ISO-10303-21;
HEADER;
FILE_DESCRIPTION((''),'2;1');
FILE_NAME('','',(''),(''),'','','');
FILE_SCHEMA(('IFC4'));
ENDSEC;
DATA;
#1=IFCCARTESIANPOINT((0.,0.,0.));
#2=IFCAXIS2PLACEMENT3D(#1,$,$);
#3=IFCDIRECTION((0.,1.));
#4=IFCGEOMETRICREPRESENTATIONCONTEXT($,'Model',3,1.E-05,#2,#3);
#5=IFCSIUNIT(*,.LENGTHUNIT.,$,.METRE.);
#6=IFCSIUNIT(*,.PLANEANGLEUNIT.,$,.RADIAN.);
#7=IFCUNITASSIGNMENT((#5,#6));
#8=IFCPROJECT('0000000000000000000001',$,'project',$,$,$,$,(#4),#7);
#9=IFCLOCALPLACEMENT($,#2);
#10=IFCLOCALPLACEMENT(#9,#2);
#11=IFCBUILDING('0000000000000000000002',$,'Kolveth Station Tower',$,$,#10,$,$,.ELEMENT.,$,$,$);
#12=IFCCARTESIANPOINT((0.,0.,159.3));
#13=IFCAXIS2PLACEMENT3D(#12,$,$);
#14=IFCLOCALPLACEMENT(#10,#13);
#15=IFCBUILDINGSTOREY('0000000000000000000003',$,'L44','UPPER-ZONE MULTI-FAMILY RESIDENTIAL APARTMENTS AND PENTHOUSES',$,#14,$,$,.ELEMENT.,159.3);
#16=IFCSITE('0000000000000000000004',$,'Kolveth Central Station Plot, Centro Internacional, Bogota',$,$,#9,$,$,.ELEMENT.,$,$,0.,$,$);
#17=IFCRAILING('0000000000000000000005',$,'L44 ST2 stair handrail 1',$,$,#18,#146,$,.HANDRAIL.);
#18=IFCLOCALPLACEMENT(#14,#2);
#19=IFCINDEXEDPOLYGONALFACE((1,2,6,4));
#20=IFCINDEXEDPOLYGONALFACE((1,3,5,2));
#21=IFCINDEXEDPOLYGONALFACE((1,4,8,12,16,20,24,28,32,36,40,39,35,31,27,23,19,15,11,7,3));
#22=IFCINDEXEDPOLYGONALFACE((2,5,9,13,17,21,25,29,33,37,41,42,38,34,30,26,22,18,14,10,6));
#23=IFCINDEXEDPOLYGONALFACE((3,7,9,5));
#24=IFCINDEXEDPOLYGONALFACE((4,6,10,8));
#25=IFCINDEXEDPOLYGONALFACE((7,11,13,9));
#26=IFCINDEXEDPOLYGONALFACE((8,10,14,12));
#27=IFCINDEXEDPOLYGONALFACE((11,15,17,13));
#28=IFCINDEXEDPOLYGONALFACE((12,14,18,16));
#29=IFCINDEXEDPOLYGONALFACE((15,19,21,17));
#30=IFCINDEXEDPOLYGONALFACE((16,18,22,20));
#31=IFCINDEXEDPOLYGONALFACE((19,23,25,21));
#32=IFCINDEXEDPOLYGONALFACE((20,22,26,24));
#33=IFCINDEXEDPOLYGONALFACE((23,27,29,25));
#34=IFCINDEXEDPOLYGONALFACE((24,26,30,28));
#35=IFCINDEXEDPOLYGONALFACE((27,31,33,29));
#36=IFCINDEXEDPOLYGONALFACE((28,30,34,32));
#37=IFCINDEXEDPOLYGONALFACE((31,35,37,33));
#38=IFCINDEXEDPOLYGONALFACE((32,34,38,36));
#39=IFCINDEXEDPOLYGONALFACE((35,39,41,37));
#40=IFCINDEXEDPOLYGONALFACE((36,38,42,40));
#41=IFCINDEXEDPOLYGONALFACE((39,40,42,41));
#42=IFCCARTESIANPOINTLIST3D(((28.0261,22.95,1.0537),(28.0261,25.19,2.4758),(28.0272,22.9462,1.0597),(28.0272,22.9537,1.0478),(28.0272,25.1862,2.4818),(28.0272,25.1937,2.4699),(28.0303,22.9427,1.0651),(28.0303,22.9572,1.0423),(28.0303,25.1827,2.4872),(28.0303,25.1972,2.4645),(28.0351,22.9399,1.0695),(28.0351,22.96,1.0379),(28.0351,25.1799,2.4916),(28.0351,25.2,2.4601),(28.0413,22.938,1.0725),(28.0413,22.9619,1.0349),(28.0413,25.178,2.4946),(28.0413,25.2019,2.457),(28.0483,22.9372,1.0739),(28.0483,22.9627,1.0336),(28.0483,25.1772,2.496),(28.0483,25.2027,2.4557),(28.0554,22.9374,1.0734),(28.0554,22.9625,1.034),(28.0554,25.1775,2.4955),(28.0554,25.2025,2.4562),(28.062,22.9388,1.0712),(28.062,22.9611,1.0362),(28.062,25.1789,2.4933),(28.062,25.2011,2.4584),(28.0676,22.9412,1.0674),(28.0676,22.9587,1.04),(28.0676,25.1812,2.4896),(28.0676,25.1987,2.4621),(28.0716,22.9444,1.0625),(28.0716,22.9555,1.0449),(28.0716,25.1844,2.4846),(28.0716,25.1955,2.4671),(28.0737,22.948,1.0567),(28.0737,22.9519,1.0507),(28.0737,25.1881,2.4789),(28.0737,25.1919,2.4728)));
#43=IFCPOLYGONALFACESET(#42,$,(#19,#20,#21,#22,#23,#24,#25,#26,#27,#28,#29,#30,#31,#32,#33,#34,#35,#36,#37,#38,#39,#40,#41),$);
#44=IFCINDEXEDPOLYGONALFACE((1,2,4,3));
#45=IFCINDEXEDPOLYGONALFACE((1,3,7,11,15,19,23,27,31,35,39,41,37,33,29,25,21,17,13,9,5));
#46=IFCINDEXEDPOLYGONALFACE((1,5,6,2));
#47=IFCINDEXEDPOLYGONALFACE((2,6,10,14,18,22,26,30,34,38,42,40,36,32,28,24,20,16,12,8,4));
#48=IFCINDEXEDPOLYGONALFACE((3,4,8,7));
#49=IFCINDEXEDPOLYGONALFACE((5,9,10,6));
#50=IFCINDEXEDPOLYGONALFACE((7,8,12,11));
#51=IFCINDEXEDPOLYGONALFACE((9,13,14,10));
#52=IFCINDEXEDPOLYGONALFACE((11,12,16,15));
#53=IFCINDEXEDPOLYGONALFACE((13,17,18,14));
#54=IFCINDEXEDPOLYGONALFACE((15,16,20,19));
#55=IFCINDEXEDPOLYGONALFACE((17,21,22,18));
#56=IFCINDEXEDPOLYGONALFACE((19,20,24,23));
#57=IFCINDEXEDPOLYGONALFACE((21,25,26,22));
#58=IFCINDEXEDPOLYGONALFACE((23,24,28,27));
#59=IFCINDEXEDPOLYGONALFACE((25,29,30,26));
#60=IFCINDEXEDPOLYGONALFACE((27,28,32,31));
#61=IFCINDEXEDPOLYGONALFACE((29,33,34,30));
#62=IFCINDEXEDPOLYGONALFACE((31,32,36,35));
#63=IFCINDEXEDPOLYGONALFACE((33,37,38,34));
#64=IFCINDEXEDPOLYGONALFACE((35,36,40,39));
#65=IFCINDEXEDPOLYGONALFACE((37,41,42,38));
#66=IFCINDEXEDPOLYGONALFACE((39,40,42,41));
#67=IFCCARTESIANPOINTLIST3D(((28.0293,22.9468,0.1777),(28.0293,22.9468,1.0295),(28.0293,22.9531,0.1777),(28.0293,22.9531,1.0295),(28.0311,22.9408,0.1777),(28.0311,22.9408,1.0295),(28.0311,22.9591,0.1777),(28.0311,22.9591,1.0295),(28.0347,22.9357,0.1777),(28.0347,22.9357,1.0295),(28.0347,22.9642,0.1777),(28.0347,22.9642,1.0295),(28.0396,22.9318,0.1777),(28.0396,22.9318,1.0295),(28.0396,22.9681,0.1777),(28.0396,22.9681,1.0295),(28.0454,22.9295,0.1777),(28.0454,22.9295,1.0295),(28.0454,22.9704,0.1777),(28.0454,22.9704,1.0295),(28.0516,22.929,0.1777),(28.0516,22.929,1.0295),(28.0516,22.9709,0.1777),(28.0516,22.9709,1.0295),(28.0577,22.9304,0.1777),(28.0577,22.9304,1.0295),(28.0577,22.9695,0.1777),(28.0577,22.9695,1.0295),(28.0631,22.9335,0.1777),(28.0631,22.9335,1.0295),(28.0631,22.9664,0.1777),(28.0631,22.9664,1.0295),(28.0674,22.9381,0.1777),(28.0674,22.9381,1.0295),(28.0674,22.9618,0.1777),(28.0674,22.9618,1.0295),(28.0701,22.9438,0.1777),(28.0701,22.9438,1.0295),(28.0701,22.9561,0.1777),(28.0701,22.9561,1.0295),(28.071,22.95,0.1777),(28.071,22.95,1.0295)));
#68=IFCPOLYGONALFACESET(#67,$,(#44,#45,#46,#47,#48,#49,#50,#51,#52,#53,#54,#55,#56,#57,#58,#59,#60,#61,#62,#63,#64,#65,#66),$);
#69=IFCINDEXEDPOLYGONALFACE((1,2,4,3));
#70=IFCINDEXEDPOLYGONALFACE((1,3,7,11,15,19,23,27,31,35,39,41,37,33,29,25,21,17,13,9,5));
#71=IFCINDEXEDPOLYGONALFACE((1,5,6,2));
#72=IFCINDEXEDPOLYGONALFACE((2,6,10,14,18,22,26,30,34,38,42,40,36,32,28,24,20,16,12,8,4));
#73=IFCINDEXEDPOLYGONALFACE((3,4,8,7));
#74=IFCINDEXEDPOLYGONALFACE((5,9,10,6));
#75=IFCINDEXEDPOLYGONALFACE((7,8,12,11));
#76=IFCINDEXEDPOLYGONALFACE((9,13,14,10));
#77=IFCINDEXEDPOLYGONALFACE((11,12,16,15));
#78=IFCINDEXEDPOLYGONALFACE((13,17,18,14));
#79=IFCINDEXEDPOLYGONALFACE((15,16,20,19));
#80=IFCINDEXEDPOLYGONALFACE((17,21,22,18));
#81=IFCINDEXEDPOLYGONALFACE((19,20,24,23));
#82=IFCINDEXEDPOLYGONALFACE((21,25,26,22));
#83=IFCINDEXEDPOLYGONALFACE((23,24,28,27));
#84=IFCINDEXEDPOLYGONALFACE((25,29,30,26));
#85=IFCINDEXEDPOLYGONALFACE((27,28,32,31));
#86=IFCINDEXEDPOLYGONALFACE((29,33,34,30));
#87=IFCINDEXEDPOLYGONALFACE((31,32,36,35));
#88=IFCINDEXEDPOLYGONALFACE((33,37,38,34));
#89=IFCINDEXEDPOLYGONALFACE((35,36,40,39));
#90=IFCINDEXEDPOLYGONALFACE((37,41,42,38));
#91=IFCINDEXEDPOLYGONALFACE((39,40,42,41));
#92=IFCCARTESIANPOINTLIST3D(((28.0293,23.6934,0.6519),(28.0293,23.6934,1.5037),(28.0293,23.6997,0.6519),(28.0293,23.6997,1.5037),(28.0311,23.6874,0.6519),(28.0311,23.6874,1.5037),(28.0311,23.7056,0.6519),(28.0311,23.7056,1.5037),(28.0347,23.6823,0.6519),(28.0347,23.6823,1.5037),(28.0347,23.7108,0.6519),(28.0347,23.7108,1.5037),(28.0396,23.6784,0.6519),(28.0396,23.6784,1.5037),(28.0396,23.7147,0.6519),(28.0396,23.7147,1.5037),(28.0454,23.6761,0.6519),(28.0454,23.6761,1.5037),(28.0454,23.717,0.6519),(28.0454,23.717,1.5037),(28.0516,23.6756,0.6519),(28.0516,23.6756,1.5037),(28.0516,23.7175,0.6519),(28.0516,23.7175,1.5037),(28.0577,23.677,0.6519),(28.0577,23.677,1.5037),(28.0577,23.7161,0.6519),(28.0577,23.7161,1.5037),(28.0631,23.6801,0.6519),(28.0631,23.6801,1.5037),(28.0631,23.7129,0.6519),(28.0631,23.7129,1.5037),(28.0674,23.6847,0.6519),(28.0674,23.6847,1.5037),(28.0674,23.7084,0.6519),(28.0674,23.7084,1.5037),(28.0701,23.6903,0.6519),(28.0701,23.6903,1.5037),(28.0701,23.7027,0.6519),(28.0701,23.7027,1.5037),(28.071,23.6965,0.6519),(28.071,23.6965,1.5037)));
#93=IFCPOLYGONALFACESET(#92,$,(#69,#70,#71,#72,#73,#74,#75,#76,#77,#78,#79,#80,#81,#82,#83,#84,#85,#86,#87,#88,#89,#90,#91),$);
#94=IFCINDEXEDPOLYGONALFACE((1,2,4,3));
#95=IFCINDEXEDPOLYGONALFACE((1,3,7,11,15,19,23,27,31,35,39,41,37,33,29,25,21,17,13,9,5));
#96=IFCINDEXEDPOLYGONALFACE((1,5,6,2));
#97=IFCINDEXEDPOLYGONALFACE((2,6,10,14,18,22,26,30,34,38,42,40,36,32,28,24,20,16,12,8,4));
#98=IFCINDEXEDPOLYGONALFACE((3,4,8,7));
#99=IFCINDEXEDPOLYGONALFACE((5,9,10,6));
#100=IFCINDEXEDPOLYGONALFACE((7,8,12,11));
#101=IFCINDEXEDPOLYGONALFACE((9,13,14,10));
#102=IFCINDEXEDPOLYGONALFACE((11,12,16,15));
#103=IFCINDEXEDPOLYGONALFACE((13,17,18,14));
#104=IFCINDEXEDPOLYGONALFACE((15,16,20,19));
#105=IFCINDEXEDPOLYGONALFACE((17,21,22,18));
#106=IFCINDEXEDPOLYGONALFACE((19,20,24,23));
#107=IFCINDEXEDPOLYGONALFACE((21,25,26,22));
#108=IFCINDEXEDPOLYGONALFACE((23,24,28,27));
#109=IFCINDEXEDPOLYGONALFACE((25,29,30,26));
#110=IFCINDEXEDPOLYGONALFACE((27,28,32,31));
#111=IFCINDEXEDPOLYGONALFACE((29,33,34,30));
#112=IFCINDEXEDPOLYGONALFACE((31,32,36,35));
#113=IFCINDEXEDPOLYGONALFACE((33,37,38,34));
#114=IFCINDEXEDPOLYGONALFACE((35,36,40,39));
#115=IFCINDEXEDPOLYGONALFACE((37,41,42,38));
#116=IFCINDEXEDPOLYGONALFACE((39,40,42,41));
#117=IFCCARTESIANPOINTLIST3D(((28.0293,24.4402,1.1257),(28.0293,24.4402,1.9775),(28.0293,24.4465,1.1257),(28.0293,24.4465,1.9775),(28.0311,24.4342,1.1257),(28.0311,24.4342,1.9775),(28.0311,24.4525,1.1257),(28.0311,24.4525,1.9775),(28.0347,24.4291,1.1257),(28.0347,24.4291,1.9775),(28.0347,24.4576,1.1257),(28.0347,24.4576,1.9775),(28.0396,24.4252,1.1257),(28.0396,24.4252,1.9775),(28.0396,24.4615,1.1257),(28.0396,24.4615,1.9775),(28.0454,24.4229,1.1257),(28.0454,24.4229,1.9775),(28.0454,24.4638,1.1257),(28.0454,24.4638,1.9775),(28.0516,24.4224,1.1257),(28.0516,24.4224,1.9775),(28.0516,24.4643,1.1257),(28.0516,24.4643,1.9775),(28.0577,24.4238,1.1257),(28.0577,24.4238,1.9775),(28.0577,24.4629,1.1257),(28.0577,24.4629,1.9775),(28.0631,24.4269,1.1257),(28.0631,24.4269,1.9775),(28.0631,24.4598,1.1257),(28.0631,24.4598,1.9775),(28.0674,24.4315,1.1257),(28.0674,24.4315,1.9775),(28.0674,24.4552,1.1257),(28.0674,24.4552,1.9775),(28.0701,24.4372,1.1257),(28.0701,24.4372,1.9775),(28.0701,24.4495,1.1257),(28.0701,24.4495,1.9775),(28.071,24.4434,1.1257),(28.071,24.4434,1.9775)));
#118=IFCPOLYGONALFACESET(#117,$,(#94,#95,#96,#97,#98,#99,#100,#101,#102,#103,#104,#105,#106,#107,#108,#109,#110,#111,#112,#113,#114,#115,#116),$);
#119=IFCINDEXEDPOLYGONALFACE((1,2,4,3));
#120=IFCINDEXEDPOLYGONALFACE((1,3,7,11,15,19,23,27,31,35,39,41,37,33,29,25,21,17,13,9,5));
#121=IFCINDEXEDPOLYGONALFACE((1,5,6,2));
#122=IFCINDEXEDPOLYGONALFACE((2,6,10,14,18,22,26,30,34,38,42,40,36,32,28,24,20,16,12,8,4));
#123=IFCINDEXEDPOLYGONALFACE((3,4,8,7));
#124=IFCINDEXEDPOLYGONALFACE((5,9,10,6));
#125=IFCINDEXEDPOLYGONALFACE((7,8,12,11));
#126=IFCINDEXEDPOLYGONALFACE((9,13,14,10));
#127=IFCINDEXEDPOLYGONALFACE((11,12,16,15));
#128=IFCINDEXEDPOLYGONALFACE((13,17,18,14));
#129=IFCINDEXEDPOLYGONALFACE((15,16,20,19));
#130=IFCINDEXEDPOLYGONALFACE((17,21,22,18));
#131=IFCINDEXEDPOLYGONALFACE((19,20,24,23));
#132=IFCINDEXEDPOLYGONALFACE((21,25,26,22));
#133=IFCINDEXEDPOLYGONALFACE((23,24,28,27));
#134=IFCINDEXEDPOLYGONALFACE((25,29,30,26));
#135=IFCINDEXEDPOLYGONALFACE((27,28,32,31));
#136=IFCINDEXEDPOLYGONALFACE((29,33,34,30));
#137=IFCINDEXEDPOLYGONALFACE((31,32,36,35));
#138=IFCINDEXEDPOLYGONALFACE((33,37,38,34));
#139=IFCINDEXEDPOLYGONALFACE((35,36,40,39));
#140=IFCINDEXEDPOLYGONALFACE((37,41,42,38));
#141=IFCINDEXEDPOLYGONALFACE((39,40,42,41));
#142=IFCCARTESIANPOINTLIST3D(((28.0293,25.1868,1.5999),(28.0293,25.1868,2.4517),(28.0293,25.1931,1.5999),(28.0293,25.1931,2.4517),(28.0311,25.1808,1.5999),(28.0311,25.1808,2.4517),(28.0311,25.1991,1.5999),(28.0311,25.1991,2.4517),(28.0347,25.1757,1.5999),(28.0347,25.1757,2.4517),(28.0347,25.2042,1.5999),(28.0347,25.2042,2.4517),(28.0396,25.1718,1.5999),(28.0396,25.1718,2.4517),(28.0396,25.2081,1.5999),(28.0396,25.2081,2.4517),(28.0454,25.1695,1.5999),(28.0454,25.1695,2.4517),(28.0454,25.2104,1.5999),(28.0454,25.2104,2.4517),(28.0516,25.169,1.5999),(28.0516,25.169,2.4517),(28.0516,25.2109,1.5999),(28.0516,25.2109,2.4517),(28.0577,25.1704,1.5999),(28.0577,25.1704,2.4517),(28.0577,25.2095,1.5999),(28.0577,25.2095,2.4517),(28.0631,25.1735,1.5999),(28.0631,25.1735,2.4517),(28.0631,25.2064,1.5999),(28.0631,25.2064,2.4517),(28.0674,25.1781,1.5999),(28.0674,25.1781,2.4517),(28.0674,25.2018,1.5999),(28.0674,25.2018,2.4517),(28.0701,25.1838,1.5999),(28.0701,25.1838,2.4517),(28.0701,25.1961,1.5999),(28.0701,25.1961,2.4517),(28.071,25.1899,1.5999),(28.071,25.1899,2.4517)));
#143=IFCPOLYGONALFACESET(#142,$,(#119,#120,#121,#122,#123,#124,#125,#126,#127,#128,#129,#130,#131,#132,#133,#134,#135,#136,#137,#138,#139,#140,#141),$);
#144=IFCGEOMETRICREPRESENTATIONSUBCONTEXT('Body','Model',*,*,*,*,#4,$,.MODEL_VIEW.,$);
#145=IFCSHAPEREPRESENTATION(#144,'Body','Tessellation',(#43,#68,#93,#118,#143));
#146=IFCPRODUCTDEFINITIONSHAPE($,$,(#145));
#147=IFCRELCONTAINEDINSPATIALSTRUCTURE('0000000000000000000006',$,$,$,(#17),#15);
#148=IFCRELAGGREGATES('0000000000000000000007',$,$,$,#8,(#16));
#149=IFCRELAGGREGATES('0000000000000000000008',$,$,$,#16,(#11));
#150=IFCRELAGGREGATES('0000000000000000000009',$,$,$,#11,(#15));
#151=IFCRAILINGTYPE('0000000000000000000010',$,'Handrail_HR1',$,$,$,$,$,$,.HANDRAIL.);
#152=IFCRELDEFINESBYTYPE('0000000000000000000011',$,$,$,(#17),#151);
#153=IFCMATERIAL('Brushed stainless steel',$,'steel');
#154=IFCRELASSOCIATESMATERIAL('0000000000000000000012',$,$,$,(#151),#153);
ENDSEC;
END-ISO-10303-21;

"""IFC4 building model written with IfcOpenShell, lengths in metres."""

from ifc_helpers import new_model, si_unit, direction, frame, origin, origin_2d, place, context, subcontext, project, spatial, circle, extrude, material, type_object, element, save


model = new_model("IFC4")

# Units and contexts
model_context = context("Model", 3, precision=1e-05, world=origin(), true_north=direction((0.0, 1.0)))
body_context = subcontext(model_context, "Body", "Model", "MODEL_VIEW")
ifc_project = project(units=[si_unit("LENGTHUNIT", "METRE"), si_unit("PLANEANGLEUNIT", "RADIAN")], contexts=[model_context])

# Site, building, storey
site_placement = place(None, origin())
site = spatial("IfcSite", under=ifc_project, at=site_placement, Name="Kolveth Central Station Plot, Centro Internacional, Bogota", CompositionType="ELEMENT", RefElevation=0.0)
building_placement = place(site_placement, origin())
building = spatial("IfcBuilding", under=site, at=building_placement, Name="Kolveth Station Tower", CompositionType="ELEMENT")
storey_placement = place(building_placement, frame((0.0, 0.0, 159.3)))
storey = spatial("IfcBuildingStorey", under=building, at=storey_placement, Name="L44", Description="UPPER-ZONE MULTI-FAMILY RESIDENTIAL APARTMENTS AND PENTHOUSES", CompositionType="ELEMENT", Elevation=159.3)

# Railing
ifc_material_1 = material(Name="Brushed stainless steel", Category="steel")
railing_type_1 = type_object("IfcRailingType", Name="Handrail_HR1", PredefinedType="HANDRAIL", material=ifc_material_1)
for number, where, name in (
    (1, (28.05, 22.95, 0.1777), "L44 ST2 stair handrail 1"),
):
    element("IfcRailing", number, at=place(storey_placement, frame(where)), inside=storey, type_object=railing_type_1, Name=name, PredefinedType="HANDRAIL", context=body_context, shape_type="SweptSolid", body=[
        extrude(circle(Radius=0.0239, at=origin_2d()), frame((0.0, 0.0, 0.876), z_axis=(0.0, 0.844229, 0.535982), x_axis=(-1.0, 0.0, 0.0)), (0.0, 0.0, 1.0), 2.6533),
        extrude(circle(Radius=0.021, at=origin_2d()), origin(), (0.0, 0.0, 1.0), 0.8518),
        extrude(circle(Radius=0.021, at=origin_2d()), frame((0.0, 0.7466, 0.4741)), (0.0, 0.0, 1.0), 0.8518),
        extrude(circle(Radius=0.021, at=origin_2d()), frame((0.0, 1.4934, 0.948)), (0.0, 0.0, 1.0), 0.8518),
        extrude(circle(Radius=0.021, at=origin_2d()), frame((0.0, 2.24, 1.4221)), (0.0, 0.0, 1.0), 0.8518),
    ])

save(model, "model.ifc")
